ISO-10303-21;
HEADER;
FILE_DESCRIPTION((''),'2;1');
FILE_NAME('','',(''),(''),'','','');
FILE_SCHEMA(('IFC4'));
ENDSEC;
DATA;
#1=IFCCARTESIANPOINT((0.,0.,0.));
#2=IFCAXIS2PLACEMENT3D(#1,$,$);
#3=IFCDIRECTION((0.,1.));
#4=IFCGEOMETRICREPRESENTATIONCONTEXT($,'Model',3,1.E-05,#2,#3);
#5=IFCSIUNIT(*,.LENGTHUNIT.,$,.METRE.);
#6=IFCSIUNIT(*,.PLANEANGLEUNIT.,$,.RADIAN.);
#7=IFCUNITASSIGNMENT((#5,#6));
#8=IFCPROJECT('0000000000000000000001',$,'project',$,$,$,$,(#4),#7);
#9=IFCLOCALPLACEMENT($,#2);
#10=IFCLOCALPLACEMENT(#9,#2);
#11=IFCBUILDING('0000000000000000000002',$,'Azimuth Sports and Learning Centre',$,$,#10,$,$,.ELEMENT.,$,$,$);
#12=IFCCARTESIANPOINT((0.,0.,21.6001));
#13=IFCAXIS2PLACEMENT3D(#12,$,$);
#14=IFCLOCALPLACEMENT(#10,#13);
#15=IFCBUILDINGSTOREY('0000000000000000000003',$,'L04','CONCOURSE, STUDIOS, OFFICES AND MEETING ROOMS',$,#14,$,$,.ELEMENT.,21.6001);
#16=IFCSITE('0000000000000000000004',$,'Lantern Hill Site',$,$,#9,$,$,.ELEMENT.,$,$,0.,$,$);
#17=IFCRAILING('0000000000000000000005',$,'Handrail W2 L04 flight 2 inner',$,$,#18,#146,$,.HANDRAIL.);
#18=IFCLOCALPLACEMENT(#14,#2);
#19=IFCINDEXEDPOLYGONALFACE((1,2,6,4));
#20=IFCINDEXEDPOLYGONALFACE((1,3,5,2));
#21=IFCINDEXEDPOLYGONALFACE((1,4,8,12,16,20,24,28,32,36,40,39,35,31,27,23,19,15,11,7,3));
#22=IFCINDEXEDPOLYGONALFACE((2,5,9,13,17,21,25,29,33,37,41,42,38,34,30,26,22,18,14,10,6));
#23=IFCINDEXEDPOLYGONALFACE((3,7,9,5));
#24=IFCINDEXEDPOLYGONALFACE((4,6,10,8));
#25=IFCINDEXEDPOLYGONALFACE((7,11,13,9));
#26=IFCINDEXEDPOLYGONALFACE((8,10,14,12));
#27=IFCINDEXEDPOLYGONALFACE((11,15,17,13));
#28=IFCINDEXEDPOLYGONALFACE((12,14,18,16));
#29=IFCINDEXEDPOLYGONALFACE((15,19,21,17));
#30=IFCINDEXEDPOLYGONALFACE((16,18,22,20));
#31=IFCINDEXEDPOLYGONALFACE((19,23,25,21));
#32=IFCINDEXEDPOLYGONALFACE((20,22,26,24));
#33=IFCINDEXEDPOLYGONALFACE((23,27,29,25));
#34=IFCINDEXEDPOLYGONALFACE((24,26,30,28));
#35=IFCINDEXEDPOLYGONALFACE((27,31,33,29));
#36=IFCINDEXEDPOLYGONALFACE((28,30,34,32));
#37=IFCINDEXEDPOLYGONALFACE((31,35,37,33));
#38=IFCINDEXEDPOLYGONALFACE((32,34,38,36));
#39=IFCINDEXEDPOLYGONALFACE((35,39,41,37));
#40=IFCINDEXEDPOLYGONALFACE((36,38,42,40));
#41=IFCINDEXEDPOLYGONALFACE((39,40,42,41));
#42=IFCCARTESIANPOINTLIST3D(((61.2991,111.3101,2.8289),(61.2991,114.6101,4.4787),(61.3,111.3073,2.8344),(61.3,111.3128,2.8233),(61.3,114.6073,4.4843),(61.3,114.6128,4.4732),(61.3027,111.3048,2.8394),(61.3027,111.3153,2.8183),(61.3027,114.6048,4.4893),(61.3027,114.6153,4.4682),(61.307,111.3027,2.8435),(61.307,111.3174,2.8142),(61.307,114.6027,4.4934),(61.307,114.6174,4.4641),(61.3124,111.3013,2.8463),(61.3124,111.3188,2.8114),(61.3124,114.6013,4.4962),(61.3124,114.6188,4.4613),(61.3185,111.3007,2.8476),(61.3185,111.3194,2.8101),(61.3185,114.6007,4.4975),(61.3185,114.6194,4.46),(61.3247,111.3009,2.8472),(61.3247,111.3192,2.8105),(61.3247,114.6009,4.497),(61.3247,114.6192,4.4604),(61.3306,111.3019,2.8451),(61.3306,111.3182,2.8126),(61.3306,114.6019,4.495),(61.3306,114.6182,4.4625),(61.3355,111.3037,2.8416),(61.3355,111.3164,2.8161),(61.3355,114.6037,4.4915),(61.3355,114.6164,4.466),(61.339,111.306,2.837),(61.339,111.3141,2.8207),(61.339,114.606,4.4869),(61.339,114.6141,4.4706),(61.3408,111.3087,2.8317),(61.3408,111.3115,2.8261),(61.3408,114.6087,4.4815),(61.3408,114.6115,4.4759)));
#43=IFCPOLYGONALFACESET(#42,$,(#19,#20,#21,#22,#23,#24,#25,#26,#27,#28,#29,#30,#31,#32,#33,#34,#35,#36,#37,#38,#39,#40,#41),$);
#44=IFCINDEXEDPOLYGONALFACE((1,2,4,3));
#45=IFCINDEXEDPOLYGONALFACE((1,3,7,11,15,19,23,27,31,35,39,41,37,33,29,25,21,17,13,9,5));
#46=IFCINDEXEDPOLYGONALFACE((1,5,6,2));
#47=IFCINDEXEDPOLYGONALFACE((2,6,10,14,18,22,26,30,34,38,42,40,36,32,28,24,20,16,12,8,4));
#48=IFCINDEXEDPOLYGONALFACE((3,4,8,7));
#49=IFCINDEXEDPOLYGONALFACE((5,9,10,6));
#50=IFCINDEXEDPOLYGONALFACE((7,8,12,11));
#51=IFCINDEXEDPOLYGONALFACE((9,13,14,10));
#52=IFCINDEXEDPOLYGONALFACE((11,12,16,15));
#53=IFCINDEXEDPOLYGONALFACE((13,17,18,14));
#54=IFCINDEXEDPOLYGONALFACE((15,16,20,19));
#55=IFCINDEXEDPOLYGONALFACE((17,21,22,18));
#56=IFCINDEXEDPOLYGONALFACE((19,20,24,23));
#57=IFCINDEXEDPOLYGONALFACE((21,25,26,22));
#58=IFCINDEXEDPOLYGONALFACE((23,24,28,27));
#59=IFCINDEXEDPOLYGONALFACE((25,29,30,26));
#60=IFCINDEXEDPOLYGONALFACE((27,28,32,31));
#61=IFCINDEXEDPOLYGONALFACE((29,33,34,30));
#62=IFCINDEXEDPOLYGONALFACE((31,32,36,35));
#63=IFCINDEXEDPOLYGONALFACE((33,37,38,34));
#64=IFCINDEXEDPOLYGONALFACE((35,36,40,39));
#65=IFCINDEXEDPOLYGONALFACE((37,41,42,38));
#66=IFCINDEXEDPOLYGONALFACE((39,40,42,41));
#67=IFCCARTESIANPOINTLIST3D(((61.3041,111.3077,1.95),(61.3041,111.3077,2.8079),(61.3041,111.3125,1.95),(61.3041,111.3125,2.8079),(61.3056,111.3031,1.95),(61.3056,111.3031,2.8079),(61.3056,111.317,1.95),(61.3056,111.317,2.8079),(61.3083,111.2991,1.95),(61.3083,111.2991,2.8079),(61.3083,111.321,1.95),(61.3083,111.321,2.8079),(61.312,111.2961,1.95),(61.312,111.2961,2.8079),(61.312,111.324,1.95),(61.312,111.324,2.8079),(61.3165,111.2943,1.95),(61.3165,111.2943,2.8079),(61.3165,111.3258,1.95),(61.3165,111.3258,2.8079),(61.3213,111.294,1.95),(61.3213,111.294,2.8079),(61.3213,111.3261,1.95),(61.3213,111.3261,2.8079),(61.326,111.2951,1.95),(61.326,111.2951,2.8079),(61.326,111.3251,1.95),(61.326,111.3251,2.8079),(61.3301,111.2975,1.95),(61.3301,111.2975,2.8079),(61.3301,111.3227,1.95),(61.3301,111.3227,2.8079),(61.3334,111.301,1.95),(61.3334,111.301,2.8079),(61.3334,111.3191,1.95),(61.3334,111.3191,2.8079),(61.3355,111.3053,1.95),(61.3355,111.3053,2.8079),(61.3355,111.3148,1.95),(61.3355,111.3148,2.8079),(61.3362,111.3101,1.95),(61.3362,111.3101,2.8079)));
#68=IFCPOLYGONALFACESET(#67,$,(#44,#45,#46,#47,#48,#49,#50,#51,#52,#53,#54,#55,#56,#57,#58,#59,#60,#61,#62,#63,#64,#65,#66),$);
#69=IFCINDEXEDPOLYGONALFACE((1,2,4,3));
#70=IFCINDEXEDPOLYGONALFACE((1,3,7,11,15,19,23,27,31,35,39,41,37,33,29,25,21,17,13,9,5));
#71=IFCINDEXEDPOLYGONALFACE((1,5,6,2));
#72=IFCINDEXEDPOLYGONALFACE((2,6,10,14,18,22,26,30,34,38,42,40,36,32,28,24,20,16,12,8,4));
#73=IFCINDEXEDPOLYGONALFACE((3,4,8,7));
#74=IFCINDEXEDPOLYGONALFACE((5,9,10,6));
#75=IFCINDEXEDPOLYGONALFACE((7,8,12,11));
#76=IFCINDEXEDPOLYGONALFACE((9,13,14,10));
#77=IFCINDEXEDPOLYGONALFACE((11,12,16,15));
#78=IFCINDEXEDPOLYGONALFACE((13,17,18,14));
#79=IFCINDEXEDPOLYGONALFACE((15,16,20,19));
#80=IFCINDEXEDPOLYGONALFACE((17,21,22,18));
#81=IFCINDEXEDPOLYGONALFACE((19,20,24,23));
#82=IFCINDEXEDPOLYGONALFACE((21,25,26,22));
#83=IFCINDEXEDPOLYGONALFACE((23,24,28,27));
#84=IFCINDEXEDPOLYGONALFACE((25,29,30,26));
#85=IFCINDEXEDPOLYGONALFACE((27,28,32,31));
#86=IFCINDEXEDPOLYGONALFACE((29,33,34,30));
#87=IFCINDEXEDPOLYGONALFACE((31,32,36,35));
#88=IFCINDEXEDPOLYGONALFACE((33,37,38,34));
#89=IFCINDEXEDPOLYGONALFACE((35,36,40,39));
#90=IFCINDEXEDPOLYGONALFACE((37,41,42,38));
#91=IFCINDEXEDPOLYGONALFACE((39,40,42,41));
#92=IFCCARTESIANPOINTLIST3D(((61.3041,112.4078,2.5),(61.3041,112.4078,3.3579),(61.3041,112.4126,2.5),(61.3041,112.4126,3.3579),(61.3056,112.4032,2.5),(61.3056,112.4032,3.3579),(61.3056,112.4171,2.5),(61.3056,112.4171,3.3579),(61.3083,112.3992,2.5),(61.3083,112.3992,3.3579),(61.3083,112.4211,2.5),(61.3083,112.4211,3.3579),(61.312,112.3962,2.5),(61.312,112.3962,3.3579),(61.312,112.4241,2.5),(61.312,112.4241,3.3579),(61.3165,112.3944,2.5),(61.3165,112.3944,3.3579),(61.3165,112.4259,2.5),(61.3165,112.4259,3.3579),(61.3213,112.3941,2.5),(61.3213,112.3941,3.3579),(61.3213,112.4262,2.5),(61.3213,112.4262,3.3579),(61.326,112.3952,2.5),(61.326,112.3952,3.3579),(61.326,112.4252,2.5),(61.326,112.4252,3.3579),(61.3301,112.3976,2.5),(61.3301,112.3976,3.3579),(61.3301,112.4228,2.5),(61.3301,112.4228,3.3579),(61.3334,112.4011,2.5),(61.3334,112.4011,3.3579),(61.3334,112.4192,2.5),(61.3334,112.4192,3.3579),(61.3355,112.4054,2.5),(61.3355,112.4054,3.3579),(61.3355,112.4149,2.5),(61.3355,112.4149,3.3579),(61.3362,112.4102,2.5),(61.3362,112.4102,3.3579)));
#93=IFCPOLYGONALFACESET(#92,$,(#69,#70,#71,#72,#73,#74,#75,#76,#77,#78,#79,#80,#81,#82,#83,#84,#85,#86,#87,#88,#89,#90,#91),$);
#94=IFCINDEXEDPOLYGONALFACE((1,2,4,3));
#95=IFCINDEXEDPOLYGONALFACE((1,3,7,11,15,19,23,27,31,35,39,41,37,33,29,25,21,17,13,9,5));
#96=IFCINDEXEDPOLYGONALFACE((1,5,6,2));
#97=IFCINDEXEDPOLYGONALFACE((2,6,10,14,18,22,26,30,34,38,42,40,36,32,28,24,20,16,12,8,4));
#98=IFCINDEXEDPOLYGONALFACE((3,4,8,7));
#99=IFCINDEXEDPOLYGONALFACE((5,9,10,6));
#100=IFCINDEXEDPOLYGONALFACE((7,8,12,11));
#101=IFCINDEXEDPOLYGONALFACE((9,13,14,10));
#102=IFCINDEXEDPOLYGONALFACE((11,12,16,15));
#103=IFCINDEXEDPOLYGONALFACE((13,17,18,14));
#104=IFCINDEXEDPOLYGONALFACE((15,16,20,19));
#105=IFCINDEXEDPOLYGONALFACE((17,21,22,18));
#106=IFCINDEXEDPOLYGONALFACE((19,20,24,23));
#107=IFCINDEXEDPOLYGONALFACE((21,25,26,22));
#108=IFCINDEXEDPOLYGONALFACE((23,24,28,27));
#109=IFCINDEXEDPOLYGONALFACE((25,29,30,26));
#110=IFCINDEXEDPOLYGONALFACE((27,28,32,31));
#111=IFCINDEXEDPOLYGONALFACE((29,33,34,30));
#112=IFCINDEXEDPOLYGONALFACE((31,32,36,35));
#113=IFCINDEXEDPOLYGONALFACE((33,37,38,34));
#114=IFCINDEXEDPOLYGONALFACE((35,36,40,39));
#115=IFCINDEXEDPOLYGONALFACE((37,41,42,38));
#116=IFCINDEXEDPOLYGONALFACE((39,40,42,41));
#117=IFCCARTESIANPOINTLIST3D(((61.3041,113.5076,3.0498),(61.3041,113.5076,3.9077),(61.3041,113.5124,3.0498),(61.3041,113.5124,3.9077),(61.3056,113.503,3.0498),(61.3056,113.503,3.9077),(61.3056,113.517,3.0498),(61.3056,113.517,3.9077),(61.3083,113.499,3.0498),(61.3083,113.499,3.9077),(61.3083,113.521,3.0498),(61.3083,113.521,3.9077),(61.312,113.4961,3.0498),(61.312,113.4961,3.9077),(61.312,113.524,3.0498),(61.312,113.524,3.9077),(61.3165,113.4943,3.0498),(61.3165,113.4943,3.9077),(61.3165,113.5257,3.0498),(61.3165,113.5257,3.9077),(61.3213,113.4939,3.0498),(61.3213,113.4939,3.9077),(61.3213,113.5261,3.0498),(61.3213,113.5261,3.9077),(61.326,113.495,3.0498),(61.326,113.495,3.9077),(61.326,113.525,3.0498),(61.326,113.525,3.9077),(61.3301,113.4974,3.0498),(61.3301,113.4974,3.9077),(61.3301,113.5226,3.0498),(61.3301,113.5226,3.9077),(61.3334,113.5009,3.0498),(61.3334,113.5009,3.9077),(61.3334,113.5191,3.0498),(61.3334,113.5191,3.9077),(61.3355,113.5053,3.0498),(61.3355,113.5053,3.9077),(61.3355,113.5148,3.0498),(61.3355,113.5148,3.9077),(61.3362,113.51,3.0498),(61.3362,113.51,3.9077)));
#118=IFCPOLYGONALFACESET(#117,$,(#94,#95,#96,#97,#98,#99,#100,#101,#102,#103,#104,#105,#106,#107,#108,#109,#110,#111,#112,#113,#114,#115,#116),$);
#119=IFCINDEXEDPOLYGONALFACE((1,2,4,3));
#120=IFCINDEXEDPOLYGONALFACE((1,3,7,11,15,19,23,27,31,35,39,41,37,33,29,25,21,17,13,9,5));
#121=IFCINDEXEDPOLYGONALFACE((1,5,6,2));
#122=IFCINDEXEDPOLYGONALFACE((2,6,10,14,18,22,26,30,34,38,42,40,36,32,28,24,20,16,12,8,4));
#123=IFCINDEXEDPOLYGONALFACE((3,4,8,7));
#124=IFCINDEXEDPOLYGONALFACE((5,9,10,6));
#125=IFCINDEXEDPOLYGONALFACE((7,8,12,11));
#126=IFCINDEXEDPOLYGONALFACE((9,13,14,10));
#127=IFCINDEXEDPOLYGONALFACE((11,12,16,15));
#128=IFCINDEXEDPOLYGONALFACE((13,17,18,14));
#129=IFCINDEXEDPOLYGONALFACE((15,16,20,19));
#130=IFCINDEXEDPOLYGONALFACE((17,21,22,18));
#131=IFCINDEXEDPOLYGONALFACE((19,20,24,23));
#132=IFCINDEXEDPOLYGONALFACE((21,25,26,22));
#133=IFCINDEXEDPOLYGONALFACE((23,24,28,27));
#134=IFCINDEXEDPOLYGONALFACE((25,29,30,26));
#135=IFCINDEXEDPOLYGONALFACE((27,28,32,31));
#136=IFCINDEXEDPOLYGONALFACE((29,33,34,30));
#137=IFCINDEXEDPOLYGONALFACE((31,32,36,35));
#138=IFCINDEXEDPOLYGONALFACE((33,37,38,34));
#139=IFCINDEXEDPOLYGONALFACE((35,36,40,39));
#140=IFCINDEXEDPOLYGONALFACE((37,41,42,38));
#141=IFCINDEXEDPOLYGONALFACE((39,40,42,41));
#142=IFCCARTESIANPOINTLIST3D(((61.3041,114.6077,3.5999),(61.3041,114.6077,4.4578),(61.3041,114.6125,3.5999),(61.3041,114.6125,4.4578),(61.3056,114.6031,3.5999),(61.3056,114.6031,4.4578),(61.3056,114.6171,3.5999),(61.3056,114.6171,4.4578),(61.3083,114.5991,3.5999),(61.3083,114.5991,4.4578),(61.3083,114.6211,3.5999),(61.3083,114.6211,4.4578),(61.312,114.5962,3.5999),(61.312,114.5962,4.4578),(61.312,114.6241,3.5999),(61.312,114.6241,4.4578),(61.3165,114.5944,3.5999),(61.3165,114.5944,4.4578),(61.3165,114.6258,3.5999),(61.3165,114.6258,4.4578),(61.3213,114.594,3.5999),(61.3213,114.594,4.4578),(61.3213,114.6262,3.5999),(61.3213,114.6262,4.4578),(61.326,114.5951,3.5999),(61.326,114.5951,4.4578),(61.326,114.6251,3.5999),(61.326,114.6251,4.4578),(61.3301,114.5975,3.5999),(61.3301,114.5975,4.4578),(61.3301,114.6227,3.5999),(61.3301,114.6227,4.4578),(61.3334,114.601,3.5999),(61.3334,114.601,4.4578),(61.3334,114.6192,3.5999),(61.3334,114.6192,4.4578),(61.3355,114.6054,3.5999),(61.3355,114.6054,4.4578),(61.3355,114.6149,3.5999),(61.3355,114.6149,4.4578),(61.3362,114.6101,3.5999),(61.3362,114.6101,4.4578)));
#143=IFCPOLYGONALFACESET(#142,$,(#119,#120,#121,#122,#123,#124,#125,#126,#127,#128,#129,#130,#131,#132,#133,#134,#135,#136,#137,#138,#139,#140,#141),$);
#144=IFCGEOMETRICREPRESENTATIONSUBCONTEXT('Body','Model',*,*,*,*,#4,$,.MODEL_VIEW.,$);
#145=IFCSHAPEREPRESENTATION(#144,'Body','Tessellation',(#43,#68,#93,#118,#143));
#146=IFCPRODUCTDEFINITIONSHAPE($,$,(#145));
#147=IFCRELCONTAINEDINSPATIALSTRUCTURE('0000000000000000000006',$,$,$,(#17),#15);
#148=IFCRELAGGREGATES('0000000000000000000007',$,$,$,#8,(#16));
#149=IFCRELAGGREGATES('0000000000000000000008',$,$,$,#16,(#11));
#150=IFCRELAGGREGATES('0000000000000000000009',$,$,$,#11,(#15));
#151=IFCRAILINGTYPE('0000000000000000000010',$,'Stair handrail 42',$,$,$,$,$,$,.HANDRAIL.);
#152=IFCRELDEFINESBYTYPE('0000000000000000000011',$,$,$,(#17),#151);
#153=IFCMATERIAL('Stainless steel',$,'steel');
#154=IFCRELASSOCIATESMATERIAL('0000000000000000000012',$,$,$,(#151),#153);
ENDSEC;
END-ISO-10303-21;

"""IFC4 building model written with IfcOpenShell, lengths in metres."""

from ifc_helpers import new_model, si_unit, direction, frame, origin, origin_2d, place, context, subcontext, project, spatial, circle, extrude, material, type_object, element, save


model = new_model("IFC4")

# Units and contexts
model_context = context("Model", 3, precision=1e-05, world=origin(), true_north=direction((0.0, 1.0)))
body_context = subcontext(model_context, "Body", "Model", "MODEL_VIEW")
ifc_project = project(units=[si_unit("LENGTHUNIT", "METRE"), si_unit("PLANEANGLEUNIT", "RADIAN")], contexts=[model_context])

# Site, building, storey
site_placement = place(None, origin())
site = spatial("IfcSite", under=ifc_project, at=site_placement, Name="Lantern Hill Site", CompositionType="ELEMENT", RefElevation=0.0)
building_placement = place(site_placement, origin())
building = spatial("IfcBuilding", under=site, at=building_placement, Name="Azimuth Sports and Learning Centre", CompositionType="ELEMENT")
storey_placement = place(building_placement, frame((0.0, 0.0, 21.6001)))
storey = spatial("IfcBuildingStorey", under=building, at=storey_placement, Name="L04", Description="CONCOURSE, STUDIOS, OFFICES AND MEETING ROOMS", CompositionType="ELEMENT", Elevation=21.6001)

# Railing
ifc_material_1 = material(Name="Stainless steel", Category="steel")
railing_type = type_object("IfcRailingType", Name="Stair handrail 42", PredefinedType="HANDRAIL", material=ifc_material_1)
for number, where, name in (
    (1, (61.3201, 111.3101, 1.95), "Handrail W2 L04 flight 2 inner"),
):
    element("IfcRailing", number, at=place(storey_placement, frame(where)), inside=storey, type_object=railing_type, Name=name, PredefinedType="HANDRAIL", context=body_context, shape_type="SweptSolid", body=[
        extrude(circle(Radius=0.021, at=origin_2d()), frame((0.0, 0.0, 0.8789), z_axis=(0.0, 0.89444, 0.447187), x_axis=(-1.0, 0.0, 0.0)), (0.0, 0.0, 1.0), 3.6895),
        extrude(circle(Radius=0.0161, at=origin_2d()), origin(), (0.0, 0.0, 1.0), 0.8579),
        extrude(circle(Radius=0.0161, at=origin_2d()), frame((0.0, 1.1001, 0.55)), (0.0, 0.0, 1.0), 0.8579),
        extrude(circle(Radius=0.0161, at=origin_2d()), frame((0.0, 2.2, 1.0999)), (0.0, 0.0, 1.0), 0.8579),
        extrude(circle(Radius=0.0161, at=origin_2d()), frame((0.0, 3.3, 1.6499)), (0.0, 0.0, 1.0), 0.8579),
    ])

save(model, "model.ifc")
